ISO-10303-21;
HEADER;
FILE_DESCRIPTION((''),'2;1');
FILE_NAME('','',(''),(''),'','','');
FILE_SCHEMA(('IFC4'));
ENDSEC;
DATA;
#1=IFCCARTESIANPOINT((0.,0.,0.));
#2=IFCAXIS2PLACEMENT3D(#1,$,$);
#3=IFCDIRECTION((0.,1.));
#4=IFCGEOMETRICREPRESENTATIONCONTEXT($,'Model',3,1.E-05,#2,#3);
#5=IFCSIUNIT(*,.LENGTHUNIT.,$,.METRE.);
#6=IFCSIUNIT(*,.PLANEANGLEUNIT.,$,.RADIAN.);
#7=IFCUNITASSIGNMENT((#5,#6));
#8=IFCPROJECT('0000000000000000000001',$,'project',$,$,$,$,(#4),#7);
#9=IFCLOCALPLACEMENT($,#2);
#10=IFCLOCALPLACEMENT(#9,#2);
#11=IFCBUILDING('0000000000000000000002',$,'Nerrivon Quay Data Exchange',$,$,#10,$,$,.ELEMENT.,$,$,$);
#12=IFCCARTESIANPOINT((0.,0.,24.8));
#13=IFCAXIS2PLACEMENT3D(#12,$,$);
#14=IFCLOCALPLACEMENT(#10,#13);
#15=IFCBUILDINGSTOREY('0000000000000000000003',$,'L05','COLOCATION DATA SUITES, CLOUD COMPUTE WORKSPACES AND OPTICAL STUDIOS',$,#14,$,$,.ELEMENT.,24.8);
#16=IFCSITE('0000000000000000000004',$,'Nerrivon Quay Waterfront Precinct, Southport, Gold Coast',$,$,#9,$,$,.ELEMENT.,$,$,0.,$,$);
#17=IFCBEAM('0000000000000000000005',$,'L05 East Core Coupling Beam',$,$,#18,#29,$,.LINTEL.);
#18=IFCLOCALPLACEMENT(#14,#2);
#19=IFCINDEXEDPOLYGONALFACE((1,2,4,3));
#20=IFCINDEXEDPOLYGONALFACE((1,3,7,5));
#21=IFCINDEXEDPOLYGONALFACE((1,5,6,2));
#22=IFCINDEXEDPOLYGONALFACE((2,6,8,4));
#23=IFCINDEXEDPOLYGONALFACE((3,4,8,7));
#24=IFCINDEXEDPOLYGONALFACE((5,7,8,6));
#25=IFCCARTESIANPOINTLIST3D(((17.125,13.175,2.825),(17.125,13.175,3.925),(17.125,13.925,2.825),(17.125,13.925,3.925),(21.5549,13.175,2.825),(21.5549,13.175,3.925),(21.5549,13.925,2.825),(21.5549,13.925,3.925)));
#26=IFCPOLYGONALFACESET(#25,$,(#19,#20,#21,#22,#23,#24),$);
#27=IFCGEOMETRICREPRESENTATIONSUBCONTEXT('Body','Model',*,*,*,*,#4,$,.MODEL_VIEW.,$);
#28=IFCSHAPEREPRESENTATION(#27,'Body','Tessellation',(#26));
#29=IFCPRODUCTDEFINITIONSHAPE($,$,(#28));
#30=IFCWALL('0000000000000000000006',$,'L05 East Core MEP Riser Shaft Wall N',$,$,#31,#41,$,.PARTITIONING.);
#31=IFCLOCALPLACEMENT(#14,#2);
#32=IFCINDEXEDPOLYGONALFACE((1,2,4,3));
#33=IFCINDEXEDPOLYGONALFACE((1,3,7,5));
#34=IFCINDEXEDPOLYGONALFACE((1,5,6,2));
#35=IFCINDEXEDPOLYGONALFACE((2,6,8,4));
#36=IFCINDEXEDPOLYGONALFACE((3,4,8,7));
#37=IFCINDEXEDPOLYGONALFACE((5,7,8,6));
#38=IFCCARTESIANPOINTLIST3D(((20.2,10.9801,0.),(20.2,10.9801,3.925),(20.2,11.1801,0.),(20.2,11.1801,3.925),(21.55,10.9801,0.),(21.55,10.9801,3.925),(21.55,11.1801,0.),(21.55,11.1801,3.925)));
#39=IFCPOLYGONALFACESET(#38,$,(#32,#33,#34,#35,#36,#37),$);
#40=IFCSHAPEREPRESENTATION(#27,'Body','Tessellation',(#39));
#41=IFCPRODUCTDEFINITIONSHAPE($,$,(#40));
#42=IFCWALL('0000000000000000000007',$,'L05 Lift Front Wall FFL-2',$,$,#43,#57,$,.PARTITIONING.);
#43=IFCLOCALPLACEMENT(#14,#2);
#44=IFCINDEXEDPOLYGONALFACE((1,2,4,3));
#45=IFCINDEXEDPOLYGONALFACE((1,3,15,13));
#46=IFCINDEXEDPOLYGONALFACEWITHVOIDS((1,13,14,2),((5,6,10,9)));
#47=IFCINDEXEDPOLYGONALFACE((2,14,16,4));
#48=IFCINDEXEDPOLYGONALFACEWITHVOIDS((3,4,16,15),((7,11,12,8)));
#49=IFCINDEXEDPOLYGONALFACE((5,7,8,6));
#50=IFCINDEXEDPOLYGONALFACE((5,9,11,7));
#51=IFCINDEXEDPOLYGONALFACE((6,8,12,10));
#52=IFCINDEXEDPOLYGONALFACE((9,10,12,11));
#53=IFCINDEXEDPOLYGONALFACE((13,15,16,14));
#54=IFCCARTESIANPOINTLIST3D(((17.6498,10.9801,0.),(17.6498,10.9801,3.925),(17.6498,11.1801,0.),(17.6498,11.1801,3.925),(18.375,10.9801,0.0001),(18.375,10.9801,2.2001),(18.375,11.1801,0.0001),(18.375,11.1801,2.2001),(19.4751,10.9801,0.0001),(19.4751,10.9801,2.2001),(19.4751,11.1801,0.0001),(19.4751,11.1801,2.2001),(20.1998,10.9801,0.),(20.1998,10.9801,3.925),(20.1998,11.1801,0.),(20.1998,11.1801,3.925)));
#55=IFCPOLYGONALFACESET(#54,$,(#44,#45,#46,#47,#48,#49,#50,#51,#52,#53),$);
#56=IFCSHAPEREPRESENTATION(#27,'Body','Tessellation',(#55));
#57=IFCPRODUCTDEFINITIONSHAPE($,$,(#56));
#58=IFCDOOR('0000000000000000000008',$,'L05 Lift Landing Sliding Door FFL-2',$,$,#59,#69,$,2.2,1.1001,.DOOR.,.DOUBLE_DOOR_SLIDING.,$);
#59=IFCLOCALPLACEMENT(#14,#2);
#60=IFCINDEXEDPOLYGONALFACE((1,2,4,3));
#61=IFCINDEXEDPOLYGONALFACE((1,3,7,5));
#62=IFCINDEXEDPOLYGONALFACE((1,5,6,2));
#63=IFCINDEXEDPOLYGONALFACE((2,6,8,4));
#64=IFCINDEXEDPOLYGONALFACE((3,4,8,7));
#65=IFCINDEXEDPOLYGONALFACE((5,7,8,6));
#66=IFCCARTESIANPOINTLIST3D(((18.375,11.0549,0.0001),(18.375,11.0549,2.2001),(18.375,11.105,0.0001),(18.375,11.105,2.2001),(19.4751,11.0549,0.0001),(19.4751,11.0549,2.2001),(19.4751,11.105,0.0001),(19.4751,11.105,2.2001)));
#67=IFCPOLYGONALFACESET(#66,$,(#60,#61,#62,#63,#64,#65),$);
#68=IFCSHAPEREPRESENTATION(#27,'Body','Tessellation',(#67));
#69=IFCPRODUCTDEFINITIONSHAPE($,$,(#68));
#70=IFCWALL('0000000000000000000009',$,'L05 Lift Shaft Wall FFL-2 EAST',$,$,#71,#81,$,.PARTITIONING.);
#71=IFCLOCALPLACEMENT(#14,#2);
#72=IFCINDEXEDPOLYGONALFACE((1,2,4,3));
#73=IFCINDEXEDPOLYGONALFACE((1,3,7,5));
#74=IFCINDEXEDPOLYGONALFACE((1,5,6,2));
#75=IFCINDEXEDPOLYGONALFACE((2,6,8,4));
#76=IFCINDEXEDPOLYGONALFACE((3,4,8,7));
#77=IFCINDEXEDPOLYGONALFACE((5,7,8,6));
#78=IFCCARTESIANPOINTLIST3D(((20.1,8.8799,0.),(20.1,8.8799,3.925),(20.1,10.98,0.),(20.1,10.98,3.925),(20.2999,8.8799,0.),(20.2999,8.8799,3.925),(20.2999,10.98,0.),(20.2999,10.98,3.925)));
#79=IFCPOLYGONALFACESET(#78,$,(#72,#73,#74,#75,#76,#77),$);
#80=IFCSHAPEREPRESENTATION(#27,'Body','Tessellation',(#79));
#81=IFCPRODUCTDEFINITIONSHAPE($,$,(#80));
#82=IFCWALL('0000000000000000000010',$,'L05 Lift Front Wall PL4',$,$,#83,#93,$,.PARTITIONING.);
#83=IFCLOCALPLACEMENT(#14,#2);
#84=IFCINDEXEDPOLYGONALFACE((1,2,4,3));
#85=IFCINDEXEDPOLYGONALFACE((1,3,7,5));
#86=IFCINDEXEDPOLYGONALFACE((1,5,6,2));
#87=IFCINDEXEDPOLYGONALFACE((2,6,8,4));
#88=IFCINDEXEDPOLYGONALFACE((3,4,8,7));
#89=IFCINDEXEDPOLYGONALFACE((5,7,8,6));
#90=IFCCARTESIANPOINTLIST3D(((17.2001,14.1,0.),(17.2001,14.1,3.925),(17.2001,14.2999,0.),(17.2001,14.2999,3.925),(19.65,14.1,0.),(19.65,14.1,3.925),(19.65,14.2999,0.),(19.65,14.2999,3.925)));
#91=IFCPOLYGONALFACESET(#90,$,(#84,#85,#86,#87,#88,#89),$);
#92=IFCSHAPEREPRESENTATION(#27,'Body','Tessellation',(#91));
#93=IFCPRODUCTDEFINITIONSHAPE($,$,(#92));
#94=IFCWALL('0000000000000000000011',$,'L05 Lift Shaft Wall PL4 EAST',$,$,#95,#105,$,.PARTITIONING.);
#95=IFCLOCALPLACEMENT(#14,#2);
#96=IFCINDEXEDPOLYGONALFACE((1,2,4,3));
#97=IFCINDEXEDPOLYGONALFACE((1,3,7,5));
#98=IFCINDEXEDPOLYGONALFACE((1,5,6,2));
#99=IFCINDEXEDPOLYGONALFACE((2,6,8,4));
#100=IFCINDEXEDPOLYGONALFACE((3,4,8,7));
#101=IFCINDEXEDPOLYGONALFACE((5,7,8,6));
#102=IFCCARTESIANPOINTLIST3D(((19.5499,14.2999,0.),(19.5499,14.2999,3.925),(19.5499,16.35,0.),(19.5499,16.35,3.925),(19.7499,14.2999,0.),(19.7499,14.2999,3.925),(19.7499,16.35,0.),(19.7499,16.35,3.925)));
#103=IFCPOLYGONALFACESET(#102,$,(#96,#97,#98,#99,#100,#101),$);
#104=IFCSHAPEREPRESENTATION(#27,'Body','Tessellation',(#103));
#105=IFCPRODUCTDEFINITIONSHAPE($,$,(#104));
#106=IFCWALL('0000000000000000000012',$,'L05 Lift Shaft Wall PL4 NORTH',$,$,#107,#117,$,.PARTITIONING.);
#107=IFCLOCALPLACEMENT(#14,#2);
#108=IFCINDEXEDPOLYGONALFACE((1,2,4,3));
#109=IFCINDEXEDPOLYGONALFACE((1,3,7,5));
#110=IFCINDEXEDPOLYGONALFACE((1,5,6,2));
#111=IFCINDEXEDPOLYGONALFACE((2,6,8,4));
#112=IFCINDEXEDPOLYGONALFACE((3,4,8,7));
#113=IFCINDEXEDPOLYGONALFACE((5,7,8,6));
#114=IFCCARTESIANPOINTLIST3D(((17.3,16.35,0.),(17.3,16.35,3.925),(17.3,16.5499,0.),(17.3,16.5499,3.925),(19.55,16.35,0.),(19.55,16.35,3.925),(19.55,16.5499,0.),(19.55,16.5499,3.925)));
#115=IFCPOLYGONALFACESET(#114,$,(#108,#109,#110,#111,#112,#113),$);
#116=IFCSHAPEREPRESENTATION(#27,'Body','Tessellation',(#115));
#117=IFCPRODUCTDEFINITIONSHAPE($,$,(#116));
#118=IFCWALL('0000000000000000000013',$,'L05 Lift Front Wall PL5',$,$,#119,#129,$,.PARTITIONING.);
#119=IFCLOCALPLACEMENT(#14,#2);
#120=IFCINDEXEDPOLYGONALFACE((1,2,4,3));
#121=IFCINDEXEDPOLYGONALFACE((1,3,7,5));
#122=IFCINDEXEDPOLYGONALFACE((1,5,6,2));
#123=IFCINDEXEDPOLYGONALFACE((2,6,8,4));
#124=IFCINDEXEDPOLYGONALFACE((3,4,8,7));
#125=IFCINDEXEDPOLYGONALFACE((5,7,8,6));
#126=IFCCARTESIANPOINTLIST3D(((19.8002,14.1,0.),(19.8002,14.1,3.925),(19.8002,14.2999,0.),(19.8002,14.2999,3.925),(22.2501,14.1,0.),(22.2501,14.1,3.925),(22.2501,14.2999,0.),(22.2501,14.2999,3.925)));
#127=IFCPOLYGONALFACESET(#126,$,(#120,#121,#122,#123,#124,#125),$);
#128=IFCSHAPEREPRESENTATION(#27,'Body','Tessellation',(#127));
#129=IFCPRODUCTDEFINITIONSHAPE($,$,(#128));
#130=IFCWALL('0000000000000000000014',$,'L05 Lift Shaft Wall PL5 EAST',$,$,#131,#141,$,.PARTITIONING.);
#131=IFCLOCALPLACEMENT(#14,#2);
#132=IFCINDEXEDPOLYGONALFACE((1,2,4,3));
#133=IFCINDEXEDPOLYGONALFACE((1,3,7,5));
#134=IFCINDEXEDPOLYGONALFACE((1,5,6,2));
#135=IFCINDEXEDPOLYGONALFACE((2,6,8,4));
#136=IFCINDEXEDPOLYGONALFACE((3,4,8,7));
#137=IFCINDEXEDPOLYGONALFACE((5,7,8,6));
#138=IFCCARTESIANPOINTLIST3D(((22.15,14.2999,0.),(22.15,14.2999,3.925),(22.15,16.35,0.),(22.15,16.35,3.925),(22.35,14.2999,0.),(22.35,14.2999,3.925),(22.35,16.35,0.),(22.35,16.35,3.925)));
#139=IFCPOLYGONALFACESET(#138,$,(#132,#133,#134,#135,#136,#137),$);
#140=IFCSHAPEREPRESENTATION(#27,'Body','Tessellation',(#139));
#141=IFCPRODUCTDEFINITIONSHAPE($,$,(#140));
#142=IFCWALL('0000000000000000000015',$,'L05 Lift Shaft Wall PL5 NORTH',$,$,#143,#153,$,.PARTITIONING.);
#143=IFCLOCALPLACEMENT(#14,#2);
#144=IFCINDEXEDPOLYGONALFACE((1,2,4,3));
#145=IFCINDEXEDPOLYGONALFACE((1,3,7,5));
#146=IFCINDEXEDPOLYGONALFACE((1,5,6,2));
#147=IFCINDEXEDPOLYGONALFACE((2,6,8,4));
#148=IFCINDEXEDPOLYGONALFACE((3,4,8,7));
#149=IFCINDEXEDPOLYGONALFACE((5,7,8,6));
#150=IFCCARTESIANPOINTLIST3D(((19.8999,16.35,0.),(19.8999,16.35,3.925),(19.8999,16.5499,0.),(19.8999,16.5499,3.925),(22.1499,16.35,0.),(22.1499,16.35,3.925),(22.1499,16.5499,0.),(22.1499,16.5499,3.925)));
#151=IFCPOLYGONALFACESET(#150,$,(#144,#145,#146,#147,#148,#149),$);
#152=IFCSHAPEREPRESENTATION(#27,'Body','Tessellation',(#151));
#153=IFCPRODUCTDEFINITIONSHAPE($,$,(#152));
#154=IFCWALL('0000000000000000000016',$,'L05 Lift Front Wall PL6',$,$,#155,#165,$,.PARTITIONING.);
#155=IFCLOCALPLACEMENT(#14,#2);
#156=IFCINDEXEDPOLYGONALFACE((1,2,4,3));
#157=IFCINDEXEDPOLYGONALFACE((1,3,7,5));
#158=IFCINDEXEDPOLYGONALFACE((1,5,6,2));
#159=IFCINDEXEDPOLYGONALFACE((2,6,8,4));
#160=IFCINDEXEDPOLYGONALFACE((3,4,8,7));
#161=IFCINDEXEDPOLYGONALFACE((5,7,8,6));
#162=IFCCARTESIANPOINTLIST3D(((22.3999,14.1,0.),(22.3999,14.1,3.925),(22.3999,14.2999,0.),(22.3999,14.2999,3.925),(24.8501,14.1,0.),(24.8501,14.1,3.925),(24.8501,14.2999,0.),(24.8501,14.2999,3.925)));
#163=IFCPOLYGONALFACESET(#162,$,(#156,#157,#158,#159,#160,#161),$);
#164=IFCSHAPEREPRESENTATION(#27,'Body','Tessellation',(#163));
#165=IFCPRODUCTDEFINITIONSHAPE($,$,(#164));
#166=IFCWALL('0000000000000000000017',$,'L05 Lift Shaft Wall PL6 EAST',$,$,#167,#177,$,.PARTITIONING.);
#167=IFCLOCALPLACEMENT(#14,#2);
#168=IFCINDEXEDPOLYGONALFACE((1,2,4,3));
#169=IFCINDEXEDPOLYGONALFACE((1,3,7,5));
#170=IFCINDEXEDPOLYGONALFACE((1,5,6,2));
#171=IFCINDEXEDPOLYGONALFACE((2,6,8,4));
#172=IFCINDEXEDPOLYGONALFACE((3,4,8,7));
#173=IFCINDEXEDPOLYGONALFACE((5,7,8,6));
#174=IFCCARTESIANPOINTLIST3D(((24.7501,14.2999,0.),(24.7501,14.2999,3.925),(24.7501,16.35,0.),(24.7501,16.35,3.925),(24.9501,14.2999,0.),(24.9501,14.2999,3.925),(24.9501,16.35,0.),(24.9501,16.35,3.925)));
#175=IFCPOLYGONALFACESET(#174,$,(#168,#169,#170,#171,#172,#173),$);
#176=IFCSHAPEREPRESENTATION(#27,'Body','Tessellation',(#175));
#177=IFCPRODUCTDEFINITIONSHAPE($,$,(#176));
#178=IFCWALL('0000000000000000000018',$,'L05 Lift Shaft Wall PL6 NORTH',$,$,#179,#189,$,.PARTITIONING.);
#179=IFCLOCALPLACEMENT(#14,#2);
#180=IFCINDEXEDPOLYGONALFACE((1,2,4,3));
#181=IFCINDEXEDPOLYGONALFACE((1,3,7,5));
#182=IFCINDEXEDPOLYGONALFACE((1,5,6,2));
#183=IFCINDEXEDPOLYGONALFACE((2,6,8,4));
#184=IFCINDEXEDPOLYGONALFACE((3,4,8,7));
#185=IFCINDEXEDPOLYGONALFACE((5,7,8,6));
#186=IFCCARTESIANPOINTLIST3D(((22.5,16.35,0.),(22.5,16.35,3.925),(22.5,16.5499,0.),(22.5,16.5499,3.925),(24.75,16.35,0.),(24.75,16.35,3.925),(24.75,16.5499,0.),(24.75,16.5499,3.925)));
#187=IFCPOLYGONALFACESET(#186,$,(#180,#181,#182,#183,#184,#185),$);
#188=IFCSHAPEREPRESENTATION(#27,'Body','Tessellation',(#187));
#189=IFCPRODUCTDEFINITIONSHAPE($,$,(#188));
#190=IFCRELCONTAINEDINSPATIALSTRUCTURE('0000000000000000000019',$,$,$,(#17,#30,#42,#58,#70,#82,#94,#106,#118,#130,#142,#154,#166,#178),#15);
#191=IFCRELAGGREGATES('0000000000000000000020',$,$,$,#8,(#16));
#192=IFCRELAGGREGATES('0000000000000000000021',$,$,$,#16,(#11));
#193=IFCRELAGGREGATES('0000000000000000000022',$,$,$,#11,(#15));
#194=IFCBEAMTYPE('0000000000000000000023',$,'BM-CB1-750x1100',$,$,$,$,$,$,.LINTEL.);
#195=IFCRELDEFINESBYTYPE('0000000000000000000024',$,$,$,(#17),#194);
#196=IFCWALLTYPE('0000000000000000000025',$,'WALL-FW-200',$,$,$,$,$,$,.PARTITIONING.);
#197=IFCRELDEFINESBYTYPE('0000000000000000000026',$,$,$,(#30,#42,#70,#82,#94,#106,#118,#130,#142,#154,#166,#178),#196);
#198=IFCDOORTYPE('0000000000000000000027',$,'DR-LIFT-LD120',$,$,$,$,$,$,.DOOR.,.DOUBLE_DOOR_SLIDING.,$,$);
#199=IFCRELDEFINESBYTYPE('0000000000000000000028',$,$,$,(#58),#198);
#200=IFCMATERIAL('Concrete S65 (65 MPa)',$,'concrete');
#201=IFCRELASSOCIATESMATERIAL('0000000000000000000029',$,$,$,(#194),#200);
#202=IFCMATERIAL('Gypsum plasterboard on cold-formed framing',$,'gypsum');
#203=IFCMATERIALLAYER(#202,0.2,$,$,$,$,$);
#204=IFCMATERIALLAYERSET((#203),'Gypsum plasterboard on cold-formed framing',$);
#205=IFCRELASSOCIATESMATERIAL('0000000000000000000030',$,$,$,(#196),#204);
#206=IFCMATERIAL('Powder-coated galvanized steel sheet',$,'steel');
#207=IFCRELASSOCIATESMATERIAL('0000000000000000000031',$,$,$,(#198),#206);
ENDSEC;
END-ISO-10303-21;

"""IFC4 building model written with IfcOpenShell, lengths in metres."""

from ifc_helpers import new_model, si_unit, direction, frame, frame_2d, origin, origin_2d, place, context, subcontext, project, spatial, rectangle, extrude, material, layer, layer_set, material_profile, profile_set, type_object, element, fill, save


model = new_model("IFC4")

# Units and contexts
model_context = context("Model", 3, precision=1e-05, world=origin(), true_north=direction((0.0, 1.0)))
body_context = subcontext(model_context, "Body", "Model", "MODEL_VIEW")
ifc_project = project(units=[si_unit("LENGTHUNIT", "METRE"), si_unit("PLANEANGLEUNIT", "RADIAN")], contexts=[model_context])

# Site, building, storey
site_placement = place(None, origin())
site = spatial("IfcSite", under=ifc_project, at=site_placement, Name="Nerrivon Quay Waterfront Precinct, Southport, Gold Coast", CompositionType="ELEMENT", RefElevation=0.0)
building_placement = place(site_placement, origin())
building = spatial("IfcBuilding", under=site, at=building_placement, Name="Nerrivon Quay Data Exchange", CompositionType="ELEMENT")
storey_placement = place(building_placement, frame((0.0, 0.0, 24.8)))
storey = spatial("IfcBuildingStorey", under=building, at=storey_placement, Name="L05", Description="COLOCATION DATA SUITES, CLOUD COMPUTE WORKSPACES AND OPTICAL STUDIOS", CompositionType="ELEMENT", Elevation=24.8)

# Beam
ifc_material_1 = material(Name="Concrete S65 (65 MPa)", Category="concrete")
ifc_material_profile = material_profile(ifc_material_1, rectangle(XDim=0.75, YDim=1.1001, at=origin_2d()), Name="RC-CB-750x1100")
ifc_profile_set = profile_set([ifc_material_profile], Name="Concrete S65 (65 MPa)")
beam_type = type_object("IfcBeamType", Name="BM-CB1-750x1100", PredefinedType="LINTEL", material=ifc_profile_set)
beam_placement = place(storey_placement, frame((17.125, 13.55, 3.375), z_axis=(1.0, 0.0, 0.0), x_axis=(0.0, 1.0, 0.0)))
element("IfcBeam", 1, at=beam_placement, inside=storey, type_object=beam_type, Name="L05 East Core Coupling Beam", PredefinedType="LINTEL", context=body_context, shape_type="SweptSolid", body=[
    extrude(rectangle(XDim=0.75, YDim=1.1001, at=origin_2d()), origin(), (0.0, 0.0, 1.0), 4.4299),
])

# Wall
ifc_material_2 = material(Name="Gypsum plasterboard on cold-formed framing", Category="gypsum")
ifc_layer_1 = layer(ifc_material_2, 0.2)
ifc_layer_set_1 = layer_set([ifc_layer_1], Name="Gypsum plasterboard on cold-formed framing")
wall_type_1 = type_object("IfcWallType", Name="WALL-FW-200", PredefinedType="PARTITIONING", material=ifc_layer_set_1)
wall_1_placement = place(storey_placement, frame((20.2, 11.0801, 0.0), z_axis=(0.0, 0.0, 1.0), x_axis=(1.0, 0.0, 0.0)))
element("IfcWall", 2, at=wall_1_placement, inside=storey, type_object=wall_type_1, Name="L05 East Core MEP Riser Shaft Wall N", PredefinedType="PARTITIONING", context=body_context, shape_type="SweptSolid", body=[
    extrude(rectangle(XDim=1.3501, YDim=0.2, at=frame_2d((0.675, 0.0))), origin(), (0.0, 0.0, 1.0), 3.925),
])

# Wall, opening, door
wall_2_placement = place(storey_placement, frame((17.6499, 11.0801, 0.0), z_axis=(0.0, 0.0, 1.0), x_axis=(1.0, 0.0, 0.0)))
wall_2 = element("IfcWall", 3, at=wall_2_placement, inside=storey, type_object=wall_type_1, Name="L05 Lift Front Wall FFL-2", PredefinedType="PARTITIONING", context=body_context, shape_type="SweptSolid", body=[
    extrude(rectangle(XDim=2.55, YDim=0.2, at=frame_2d((1.2749, 0.0))), origin(), (0.0, 0.0, 1.0), 3.925),
])
opening_1_placement = place(wall_2_placement, frame((0.7251, 0.0, 0.0)))
opening_1 = element("IfcOpeningElement", 4, at=opening_1_placement, cuts=wall_2, PredefinedType="OPENING", context=body_context, shape_type="SweptSolid", body=[
    extrude(rectangle(XDim=1.1001, YDim=2.2, at=frame_2d((0.55, 1.1001))), frame((0.0, 0.1099, 0.0), z_axis=(0.0, -1.0, 0.0), x_axis=(1.0, 0.0, 0.0)), (0.0, 0.0, 1.0), 0.22),
])
ifc_material_3 = material(Name="Powder-coated galvanized steel sheet", Category="steel")
door_type_1 = type_object("IfcDoorType", Name="DR-LIFT-LD120", OperationType="DOUBLE_DOOR_SLIDING", PredefinedType="DOOR", material=ifc_material_3)
door_1_placement = place(opening_1_placement, origin())
door_1 = element("IfcDoor", 5, at=door_1_placement, inside=storey, type_object=door_type_1, Name="L05 Lift Landing Sliding Door FFL-2", OperationType="DOUBLE_DOOR_SLIDING", OverallHeight=2.2, OverallWidth=1.1001, PredefinedType="DOOR", context=body_context, shape_type="SweptSolid", body=[
    extrude(rectangle(XDim=1.1001, YDim=2.2, at=frame_2d((0.55, 1.1001))), frame((0.0, 0.0249, 0.0), z_axis=(0.0, -1.0, 0.0), x_axis=(1.0, 0.0, 0.0)), (0.0, 0.0, 1.0), 0.05),
])
fill(opening_1, door_1)

# Walls
wall_3_placement = place(storey_placement, frame((20.2, 8.8799, 0.0), z_axis=(0.0, 0.0, 1.0), x_axis=(0.0, 1.0, 0.0)))
element("IfcWall", 6, at=wall_3_placement, inside=storey, type_object=wall_type_1, Name="L05 Lift Shaft Wall FFL-2 EAST", PredefinedType="PARTITIONING", context=body_context, shape_type="SweptSolid", body=[
    extrude(rectangle(XDim=2.1001, YDim=0.2, at=frame_2d((1.05, 0.0))), origin(), (0.0, 0.0, 1.0), 3.925),
])
wall_4_placement = place(storey_placement, frame((17.2, 14.2, 0.0), z_axis=(0.0, 0.0, 1.0), x_axis=(1.0, 0.0, 0.0)))
element("IfcWall", 7, at=wall_4_placement, inside=storey, type_object=wall_type_1, Name="L05 Lift Front Wall PL4", PredefinedType="PARTITIONING", context=body_context, shape_type="SweptSolid", body=[
    extrude(rectangle(XDim=2.45, YDim=0.2, at=frame_2d((1.2251, 0.0))), origin(), (0.0, 0.0, 1.0), 3.925),
])
wall_5_placement = place(storey_placement, frame((19.6499, 14.3, 0.0), z_axis=(0.0, 0.0, 1.0), x_axis=(0.0, 1.0, 0.0)))
element("IfcWall", 8, at=wall_5_placement, inside=storey, type_object=wall_type_1, Name="L05 Lift Shaft Wall PL4 EAST", PredefinedType="PARTITIONING", context=body_context, shape_type="SweptSolid", body=[
    extrude(rectangle(XDim=2.05, YDim=0.2, at=frame_2d((1.0249, 0.0))), origin(), (0.0, 0.0, 1.0), 3.925),
])
wall_6_placement = place(storey_placement, frame((17.3, 16.45, 0.0), z_axis=(0.0, 0.0, 1.0), x_axis=(1.0, 0.0, 0.0)))
element("IfcWall", 9, at=wall_6_placement, inside=storey, type_object=wall_type_1, Name="L05 Lift Shaft Wall PL4 NORTH", PredefinedType="PARTITIONING", context=body_context, shape_type="SweptSolid", body=[
    extrude(rectangle(XDim=2.25, YDim=0.2, at=frame_2d((1.125, 0.0))), origin(), (0.0, 0.0, 1.0), 3.925),
])
wall_7_placement = place(storey_placement, frame((19.8, 14.2, 0.0), z_axis=(0.0, 0.0, 1.0), x_axis=(1.0, 0.0, 0.0)))
element("IfcWall", 10, at=wall_7_placement, inside=storey, type_object=wall_type_1, Name="L05 Lift Front Wall PL5", PredefinedType="PARTITIONING", context=body_context, shape_type="SweptSolid", body=[
    extrude(rectangle(XDim=2.45, YDim=0.2, at=frame_2d((1.2251, 0.0))), origin(), (0.0, 0.0, 1.0), 3.925),
])
wall_8_placement = place(storey_placement, frame((22.25, 14.3, 0.0), z_axis=(0.0, 0.0, 1.0), x_axis=(0.0, 1.0, 0.0)))
element("IfcWall", 11, at=wall_8_placement, inside=storey, type_object=wall_type_1, Name="L05 Lift Shaft Wall PL5 EAST", PredefinedType="PARTITIONING", context=body_context, shape_type="SweptSolid", body=[
    extrude(rectangle(XDim=2.05, YDim=0.2, at=frame_2d((1.0249, 0.0))), origin(), (0.0, 0.0, 1.0), 3.925),
])
wall_9_placement = place(storey_placement, frame((19.8999, 16.45, 0.0), z_axis=(0.0, 0.0, 1.0), x_axis=(1.0, 0.0, 0.0)))
element("IfcWall", 12, at=wall_9_placement, inside=storey, type_object=wall_type_1, Name="L05 Lift Shaft Wall PL5 NORTH", PredefinedType="PARTITIONING", context=body_context, shape_type="SweptSolid", body=[
    extrude(rectangle(XDim=2.25, YDim=0.2, at=frame_2d((1.125, 0.0))), origin(), (0.0, 0.0, 1.0), 3.925),
])
wall_10_placement = place(storey_placement, frame((22.3999, 14.2, 0.0), z_axis=(0.0, 0.0, 1.0), x_axis=(1.0, 0.0, 0.0)))
element("IfcWall", 13, at=wall_10_placement, inside=storey, type_object=wall_type_1, Name="L05 Lift Front Wall PL6", PredefinedType="PARTITIONING", context=body_context, shape_type="SweptSolid", body=[
    extrude(rectangle(XDim=2.4502, YDim=0.2, at=frame_2d((1.2251, 0.0))), origin(), (0.0, 0.0, 1.0), 3.925),
])
wall_11_placement = place(storey_placement, frame((24.8501, 14.3, 0.0), z_axis=(0.0, 0.0, 1.0), x_axis=(0.0, 1.0, 0.0)))
element("IfcWall", 14, at=wall_11_placement, inside=storey, type_object=wall_type_1, Name="L05 Lift Shaft Wall PL6 EAST", PredefinedType="PARTITIONING", context=body_context, shape_type="SweptSolid", body=[
    extrude(rectangle(XDim=2.05, YDim=0.2, at=frame_2d((1.0249, 0.0))), origin(), (0.0, 0.0, 1.0), 3.925),
])
wall_12_placement = place(storey_placement, frame((22.5, 16.45, 0.0), z_axis=(0.0, 0.0, 1.0), x_axis=(1.0, 0.0, 0.0)))
element("IfcWall", 15, at=wall_12_placement, inside=storey, type_object=wall_type_1, Name="L05 Lift Shaft Wall PL6 NORTH", PredefinedType="PARTITIONING", context=body_context, shape_type="SweptSolid", body=[
    extrude(rectangle(XDim=2.25, YDim=0.2, at=frame_2d((1.125, 0.0))), origin(), (0.0, 0.0, 1.0), 3.925),
])

save(model, "model.ifc")
